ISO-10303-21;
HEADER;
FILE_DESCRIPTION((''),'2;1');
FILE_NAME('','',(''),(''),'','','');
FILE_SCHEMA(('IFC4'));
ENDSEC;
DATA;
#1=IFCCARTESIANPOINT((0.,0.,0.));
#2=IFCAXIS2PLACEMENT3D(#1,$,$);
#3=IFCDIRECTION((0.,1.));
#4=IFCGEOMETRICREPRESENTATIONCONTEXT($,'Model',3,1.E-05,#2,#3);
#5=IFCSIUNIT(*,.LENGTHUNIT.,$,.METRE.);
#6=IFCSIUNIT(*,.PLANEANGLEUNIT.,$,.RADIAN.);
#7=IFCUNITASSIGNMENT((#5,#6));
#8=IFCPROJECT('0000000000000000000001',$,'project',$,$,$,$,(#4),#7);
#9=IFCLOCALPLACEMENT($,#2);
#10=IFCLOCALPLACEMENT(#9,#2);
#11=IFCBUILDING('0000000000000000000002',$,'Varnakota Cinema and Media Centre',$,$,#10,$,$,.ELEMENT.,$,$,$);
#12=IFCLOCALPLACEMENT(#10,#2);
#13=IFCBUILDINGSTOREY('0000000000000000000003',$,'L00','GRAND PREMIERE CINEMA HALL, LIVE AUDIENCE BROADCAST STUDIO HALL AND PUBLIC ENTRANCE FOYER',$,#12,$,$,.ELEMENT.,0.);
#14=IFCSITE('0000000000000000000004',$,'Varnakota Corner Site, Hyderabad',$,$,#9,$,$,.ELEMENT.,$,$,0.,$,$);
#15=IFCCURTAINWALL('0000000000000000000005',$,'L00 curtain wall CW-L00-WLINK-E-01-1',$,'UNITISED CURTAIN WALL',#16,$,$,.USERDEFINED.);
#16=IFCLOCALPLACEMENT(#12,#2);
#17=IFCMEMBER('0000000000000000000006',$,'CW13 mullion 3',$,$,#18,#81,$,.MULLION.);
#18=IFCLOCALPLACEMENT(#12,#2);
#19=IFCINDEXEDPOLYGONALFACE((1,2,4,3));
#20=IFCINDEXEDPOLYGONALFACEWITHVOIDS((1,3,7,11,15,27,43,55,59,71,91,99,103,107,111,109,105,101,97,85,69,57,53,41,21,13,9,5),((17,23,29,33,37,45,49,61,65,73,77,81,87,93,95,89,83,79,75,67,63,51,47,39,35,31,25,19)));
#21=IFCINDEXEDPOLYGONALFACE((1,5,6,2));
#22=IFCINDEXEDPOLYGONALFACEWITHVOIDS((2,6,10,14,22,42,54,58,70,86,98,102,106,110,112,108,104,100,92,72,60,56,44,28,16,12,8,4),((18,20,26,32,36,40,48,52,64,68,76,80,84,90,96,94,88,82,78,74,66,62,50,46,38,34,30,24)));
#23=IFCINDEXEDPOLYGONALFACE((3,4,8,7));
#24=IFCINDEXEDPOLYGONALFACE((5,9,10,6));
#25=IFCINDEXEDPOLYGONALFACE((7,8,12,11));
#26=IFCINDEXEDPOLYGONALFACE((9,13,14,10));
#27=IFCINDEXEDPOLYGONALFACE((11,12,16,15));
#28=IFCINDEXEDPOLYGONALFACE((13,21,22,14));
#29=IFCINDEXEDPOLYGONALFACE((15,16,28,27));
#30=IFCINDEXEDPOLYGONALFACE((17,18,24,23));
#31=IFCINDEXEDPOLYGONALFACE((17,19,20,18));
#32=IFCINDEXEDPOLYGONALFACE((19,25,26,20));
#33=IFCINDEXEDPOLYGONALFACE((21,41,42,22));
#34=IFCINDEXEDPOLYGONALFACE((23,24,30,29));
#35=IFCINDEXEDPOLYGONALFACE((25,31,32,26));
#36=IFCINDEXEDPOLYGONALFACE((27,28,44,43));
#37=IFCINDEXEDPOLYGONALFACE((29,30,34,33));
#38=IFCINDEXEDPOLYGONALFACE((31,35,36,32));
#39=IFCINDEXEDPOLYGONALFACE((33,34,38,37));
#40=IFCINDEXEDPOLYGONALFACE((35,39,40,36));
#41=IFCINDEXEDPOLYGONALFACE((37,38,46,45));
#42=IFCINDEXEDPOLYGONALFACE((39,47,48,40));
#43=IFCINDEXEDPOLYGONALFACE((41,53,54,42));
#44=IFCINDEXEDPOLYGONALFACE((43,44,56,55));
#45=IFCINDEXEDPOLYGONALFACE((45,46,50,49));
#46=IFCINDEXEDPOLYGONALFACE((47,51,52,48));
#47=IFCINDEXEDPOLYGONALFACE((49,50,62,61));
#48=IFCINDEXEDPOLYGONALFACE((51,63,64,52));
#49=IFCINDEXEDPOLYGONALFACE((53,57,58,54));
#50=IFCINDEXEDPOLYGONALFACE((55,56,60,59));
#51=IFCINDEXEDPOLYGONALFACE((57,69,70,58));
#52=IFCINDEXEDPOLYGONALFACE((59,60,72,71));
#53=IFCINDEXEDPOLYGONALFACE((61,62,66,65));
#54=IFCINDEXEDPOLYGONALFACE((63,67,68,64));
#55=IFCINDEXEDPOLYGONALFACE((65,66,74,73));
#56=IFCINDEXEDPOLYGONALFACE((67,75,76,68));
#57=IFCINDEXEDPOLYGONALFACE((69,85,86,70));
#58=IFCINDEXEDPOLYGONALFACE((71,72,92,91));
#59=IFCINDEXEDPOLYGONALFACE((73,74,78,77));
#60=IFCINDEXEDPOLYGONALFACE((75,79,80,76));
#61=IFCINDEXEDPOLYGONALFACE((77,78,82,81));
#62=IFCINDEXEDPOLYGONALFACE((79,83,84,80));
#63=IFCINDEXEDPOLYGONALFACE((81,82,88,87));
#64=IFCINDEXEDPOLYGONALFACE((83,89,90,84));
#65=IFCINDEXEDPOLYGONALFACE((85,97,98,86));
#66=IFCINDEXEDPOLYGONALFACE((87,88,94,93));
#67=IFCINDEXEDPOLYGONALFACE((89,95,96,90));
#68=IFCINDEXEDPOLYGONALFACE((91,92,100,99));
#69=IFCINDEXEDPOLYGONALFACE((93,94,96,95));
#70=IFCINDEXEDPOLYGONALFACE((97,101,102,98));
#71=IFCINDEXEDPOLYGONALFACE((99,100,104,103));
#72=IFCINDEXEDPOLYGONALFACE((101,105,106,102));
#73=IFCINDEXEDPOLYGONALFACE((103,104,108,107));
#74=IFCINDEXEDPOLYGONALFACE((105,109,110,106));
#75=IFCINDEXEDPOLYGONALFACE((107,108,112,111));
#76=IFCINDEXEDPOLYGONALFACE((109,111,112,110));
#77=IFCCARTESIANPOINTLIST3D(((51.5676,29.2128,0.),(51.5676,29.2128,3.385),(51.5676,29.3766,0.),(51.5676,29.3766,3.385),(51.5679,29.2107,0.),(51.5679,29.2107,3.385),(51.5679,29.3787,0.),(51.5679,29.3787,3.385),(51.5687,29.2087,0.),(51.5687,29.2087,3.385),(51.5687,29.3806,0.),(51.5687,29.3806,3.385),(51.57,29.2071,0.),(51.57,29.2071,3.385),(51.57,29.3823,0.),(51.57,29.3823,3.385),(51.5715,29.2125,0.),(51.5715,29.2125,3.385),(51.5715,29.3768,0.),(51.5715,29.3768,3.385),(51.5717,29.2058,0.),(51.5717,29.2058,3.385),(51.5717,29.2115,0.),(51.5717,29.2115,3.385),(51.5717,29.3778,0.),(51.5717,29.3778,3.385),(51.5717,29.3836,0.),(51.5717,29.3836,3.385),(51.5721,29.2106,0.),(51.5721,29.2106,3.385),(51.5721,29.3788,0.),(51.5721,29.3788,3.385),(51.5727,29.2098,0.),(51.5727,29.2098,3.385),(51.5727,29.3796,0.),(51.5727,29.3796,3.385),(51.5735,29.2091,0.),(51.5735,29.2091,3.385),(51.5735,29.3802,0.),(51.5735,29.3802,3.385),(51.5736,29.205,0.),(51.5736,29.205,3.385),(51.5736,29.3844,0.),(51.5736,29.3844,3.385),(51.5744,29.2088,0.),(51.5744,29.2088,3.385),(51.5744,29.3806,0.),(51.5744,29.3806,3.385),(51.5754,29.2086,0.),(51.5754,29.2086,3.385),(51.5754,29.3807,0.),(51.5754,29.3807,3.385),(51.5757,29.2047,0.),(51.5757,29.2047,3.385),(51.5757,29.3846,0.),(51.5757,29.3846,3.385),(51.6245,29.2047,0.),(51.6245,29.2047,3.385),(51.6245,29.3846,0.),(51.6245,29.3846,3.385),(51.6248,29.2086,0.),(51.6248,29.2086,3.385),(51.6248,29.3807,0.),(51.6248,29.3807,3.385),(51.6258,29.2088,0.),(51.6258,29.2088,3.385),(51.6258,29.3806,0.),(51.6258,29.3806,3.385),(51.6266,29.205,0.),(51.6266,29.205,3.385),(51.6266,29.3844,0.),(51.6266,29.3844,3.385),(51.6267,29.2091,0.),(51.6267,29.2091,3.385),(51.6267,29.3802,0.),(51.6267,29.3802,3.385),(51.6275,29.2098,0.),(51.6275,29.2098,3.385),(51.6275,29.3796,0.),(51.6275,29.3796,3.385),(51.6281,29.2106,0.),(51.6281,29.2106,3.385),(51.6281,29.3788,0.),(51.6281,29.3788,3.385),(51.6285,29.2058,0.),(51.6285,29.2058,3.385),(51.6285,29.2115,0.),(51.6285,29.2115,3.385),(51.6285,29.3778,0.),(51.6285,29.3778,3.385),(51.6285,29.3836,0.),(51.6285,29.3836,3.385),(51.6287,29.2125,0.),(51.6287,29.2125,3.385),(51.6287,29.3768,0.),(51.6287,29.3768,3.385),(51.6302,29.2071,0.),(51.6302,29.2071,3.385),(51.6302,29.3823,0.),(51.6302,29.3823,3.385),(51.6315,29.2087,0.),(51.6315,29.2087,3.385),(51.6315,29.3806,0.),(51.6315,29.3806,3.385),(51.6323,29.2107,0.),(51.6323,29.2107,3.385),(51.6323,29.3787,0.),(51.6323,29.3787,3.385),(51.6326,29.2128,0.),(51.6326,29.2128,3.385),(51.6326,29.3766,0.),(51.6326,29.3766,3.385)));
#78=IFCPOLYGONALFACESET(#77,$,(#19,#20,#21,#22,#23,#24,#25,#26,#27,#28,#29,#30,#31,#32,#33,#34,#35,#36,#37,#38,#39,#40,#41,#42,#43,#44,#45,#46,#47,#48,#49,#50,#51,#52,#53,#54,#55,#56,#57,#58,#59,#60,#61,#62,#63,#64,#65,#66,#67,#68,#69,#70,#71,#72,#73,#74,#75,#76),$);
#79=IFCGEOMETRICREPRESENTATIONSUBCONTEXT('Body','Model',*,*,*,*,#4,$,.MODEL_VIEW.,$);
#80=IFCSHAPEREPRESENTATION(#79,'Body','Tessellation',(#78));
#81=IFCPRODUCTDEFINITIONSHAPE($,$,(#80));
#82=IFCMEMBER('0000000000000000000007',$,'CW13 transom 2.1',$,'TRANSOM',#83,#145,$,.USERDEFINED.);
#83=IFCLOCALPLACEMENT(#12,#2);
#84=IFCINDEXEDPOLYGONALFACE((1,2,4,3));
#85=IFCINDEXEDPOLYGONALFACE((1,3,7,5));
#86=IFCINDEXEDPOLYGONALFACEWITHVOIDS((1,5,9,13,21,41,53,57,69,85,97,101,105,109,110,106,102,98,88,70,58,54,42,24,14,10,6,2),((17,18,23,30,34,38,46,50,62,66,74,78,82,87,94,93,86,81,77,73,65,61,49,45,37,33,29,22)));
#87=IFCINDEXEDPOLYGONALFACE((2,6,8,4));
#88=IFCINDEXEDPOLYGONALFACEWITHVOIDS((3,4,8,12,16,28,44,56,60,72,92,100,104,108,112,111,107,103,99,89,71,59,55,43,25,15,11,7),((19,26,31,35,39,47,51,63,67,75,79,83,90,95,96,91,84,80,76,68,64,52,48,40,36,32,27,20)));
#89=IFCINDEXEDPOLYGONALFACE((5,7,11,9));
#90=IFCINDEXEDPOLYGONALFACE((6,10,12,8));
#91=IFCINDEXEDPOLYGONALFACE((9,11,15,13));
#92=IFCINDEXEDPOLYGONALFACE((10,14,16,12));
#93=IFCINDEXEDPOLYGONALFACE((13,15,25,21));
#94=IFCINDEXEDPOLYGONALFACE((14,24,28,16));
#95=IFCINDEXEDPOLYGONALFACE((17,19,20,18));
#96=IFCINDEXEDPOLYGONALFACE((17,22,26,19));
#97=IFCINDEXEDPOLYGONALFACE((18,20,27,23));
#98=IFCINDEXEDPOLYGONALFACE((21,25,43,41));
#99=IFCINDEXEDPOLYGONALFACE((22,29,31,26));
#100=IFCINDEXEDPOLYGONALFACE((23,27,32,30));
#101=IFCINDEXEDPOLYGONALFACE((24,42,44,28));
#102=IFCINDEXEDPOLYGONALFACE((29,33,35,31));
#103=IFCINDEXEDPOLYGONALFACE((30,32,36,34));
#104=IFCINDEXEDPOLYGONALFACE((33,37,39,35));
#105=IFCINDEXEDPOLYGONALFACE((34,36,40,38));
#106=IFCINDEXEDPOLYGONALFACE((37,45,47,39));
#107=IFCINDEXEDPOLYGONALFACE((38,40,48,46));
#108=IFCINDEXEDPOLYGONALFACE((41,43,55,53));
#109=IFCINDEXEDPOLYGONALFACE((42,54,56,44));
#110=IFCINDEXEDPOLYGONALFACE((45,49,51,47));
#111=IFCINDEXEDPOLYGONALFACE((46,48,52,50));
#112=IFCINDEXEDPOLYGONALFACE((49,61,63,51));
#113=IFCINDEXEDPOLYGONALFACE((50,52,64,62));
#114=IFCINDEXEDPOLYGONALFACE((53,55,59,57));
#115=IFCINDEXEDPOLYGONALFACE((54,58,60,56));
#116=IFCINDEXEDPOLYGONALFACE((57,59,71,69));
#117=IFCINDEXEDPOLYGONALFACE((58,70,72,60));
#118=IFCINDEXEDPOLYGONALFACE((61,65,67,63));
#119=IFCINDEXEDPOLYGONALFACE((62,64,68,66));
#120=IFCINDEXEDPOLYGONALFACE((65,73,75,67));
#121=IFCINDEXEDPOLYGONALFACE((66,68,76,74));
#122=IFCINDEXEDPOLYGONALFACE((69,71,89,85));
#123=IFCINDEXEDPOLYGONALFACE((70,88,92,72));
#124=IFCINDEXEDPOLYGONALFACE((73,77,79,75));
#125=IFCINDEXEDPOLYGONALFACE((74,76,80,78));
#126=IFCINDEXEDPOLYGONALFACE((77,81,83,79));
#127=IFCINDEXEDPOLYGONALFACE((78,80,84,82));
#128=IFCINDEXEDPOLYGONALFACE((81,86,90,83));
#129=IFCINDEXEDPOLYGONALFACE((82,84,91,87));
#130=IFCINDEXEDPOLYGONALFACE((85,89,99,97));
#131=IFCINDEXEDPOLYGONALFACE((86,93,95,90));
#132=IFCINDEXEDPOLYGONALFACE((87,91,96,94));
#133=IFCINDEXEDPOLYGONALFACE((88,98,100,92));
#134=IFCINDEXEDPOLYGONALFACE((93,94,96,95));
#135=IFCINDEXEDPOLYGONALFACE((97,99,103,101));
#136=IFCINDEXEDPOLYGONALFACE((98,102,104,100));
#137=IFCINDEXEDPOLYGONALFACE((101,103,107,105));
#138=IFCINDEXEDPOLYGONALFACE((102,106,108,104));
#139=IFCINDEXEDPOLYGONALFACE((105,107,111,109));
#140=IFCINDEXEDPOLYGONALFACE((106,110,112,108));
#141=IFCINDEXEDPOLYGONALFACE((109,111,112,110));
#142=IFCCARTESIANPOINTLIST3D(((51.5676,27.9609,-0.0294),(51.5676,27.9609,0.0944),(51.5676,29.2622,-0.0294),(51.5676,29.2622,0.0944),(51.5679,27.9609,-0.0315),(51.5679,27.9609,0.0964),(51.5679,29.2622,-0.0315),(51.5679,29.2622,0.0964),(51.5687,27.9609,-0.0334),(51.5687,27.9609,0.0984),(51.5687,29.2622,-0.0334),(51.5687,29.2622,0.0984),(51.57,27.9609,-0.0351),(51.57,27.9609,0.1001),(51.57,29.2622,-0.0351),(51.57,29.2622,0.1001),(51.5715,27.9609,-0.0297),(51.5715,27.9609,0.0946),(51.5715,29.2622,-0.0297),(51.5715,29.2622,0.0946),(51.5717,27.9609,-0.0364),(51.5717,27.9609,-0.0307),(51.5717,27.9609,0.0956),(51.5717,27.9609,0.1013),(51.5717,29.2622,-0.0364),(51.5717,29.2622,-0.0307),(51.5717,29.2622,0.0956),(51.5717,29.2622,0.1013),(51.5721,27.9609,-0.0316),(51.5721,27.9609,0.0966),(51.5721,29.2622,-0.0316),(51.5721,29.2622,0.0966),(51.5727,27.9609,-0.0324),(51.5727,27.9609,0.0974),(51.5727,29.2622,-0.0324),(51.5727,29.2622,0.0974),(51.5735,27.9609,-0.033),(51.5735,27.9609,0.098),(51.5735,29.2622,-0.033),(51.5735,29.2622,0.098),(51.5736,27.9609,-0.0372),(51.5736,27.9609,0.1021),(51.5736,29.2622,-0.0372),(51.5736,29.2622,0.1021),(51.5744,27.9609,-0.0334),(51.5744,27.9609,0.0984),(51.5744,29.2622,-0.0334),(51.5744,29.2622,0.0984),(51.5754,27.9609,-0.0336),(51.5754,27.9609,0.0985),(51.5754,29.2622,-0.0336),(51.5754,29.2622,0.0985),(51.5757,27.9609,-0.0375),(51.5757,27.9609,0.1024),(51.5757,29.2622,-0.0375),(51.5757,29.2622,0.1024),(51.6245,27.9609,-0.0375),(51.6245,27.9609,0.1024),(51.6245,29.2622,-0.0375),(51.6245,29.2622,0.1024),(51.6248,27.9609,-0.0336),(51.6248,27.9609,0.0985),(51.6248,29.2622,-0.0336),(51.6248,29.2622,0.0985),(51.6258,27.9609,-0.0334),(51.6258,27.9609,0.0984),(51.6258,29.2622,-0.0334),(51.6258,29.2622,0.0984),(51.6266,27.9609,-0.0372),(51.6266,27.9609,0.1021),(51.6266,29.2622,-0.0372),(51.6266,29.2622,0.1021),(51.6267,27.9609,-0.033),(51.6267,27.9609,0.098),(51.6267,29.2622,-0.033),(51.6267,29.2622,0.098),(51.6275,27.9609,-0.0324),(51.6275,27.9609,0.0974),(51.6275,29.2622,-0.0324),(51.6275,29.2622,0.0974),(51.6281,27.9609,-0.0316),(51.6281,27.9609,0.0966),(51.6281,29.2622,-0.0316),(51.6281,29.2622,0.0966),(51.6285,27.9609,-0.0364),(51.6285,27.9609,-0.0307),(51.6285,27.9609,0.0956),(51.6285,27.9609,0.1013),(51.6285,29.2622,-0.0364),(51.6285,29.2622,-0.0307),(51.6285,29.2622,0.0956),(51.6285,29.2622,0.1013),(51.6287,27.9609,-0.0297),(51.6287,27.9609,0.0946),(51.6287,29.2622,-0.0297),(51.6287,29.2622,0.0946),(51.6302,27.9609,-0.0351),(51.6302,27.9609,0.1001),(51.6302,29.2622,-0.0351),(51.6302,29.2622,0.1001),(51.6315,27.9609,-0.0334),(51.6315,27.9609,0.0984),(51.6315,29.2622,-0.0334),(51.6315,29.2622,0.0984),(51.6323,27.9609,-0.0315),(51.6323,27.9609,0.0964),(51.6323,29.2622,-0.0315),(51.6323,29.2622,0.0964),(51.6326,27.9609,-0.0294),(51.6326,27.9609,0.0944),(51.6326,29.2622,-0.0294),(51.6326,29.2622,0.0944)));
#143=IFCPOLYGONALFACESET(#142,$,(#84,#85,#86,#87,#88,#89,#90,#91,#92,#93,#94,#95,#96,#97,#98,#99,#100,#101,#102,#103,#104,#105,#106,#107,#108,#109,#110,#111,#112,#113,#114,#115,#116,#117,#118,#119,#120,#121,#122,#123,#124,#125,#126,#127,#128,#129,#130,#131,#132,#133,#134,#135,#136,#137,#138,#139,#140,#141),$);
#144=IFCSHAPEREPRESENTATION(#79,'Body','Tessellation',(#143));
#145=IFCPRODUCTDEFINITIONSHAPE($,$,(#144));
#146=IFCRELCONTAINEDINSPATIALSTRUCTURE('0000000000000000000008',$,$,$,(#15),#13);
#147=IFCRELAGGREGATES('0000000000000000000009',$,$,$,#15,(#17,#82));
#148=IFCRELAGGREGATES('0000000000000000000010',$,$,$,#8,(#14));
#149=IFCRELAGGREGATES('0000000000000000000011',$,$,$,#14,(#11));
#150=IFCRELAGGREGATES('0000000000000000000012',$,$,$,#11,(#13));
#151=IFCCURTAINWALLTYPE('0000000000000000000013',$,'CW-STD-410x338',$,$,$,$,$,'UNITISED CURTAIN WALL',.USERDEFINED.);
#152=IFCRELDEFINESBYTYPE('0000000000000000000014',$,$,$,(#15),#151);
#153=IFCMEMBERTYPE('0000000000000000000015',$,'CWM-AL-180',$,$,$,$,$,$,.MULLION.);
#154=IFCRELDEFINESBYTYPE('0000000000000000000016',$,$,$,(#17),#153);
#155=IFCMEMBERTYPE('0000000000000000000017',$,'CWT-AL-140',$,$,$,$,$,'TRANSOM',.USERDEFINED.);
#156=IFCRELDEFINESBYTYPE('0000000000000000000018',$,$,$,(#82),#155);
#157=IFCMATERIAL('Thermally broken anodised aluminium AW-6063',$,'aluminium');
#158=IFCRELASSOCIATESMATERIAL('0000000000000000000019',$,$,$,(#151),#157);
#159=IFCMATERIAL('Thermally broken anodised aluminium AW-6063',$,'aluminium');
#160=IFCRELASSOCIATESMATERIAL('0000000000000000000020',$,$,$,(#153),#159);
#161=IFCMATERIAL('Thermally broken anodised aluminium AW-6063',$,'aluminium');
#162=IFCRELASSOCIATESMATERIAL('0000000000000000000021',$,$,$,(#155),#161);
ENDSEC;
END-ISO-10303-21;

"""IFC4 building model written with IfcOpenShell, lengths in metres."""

from ifc_helpers import new_model, si_unit, direction, frame, origin, origin_2d, place, context, subcontext, project, spatial, hollow_rectangle, extrude, material, material_profile, profile_set, type_object, element, aggregate, save


model = new_model("IFC4")

# Units and contexts
model_context = context("Model", 3, precision=1e-05, world=origin(), true_north=direction((0.0, 1.0)))
body_context = subcontext(model_context, "Body", "Model", "MODEL_VIEW")
ifc_project = project(units=[si_unit("LENGTHUNIT", "METRE"), si_unit("PLANEANGLEUNIT", "RADIAN")], contexts=[model_context])

# Site, building, storey
site_placement = place(None, origin())
site = spatial("IfcSite", under=ifc_project, at=site_placement, Name="Varnakota Corner Site, Hyderabad", CompositionType="ELEMENT", RefElevation=0.0)
building_placement = place(site_placement, origin())
building = spatial("IfcBuilding", under=site, at=building_placement, Name="Varnakota Cinema and Media Centre", CompositionType="ELEMENT")
storey_placement = place(building_placement, origin())
storey = spatial("IfcBuildingStorey", under=building, at=storey_placement, Name="L00", Description="GRAND PREMIERE CINEMA HALL, LIVE AUDIENCE BROADCAST STUDIO HALL AND PUBLIC ENTRANCE FOYER", CompositionType="ELEMENT", Elevation=0.0)

# Curtain wall, members
ifc_material_1 = material(Name="Thermally broken anodised aluminium AW-6063", Category="aluminium")
curtain_wall_type = type_object("IfcCurtainWallType", Name="CW-STD-410x338", ElementType="UNITISED CURTAIN WALL", PredefinedType="USERDEFINED", material=ifc_material_1)
curtain_wall_placement = place(storey_placement, origin())
curtain_wall = element("IfcCurtainWall", 1, at=curtain_wall_placement, inside=storey, type_object=curtain_wall_type, Name="L00 curtain wall CW-L00-WLINK-E-01-1", ObjectType="UNITISED CURTAIN WALL", PredefinedType="USERDEFINED")
ifc_material_2 = material(Name="Thermally broken anodised aluminium AW-6063", Category="aluminium")
ifc_material_profile_1 = material_profile(ifc_material_2, hollow_rectangle(XDim=0.0649, YDim=0.1799, WallThickness=0.0039, InnerFilletRadius=0.0039, OuterFilletRadius=0.0081, at=origin_2d()), Name="AL-MULLION 180x65x4")
ifc_profile_set_1 = profile_set([ifc_material_profile_1], Name="Thermally broken anodised aluminium AW-6063")
member_type_1 = type_object("IfcMemberType", Name="CWM-AL-180", PredefinedType="MULLION", material=ifc_profile_set_1)
member_1_placement = place(storey_placement, frame((51.6001, 29.2947, 0.0), z_axis=(0.0, 0.0, 1.0), x_axis=(-1.0, 0.0, 0.0)))
member_1 = element("IfcMember", 2, at=member_1_placement, type_object=member_type_1, Name="CW13 mullion 3", PredefinedType="MULLION", context=body_context, shape_type="SweptSolid", body=[
    extrude(hollow_rectangle(XDim=0.0649, YDim=0.1799, WallThickness=0.0039, InnerFilletRadius=0.0039, OuterFilletRadius=0.0081, at=origin_2d()), origin(), (0.0, 0.0, 1.0), 3.385),
])
ifc_material_3 = material(Name="Thermally broken anodised aluminium AW-6063", Category="aluminium")
ifc_material_profile_2 = material_profile(ifc_material_3, hollow_rectangle(XDim=0.0649, YDim=0.1399, WallThickness=0.0039, InnerFilletRadius=0.0039, OuterFilletRadius=0.0081, at=origin_2d()), Name="AL-TRANSOM 140x65x4")
ifc_profile_set_2 = profile_set([ifc_material_profile_2], Name="Thermally broken anodised aluminium AW-6063")
member_type_2 = type_object("IfcMemberType", Name="CWT-AL-140", ElementType="TRANSOM", PredefinedType="USERDEFINED", material=ifc_profile_set_2)
member_2_placement = place(storey_placement, frame((51.6001, 27.9609, 0.0325), z_axis=(0.0, 1.0, 0.0), x_axis=(-1.0, 0.0, 0.0)))
member_2 = element("IfcMember", 3, at=member_2_placement, type_object=member_type_2, Name="CW13 transom 2.1", ObjectType="TRANSOM", PredefinedType="USERDEFINED", context=body_context, shape_type="SweptSolid", body=[
    extrude(hollow_rectangle(XDim=0.0649, YDim=0.1399, WallThickness=0.0039, InnerFilletRadius=0.0039, OuterFilletRadius=0.0081, at=origin_2d()), origin(), (0.0, 0.0, 1.0), 1.3013),
])
aggregate(curtain_wall, [member_1, member_2])

save(model, "model.ifc")
